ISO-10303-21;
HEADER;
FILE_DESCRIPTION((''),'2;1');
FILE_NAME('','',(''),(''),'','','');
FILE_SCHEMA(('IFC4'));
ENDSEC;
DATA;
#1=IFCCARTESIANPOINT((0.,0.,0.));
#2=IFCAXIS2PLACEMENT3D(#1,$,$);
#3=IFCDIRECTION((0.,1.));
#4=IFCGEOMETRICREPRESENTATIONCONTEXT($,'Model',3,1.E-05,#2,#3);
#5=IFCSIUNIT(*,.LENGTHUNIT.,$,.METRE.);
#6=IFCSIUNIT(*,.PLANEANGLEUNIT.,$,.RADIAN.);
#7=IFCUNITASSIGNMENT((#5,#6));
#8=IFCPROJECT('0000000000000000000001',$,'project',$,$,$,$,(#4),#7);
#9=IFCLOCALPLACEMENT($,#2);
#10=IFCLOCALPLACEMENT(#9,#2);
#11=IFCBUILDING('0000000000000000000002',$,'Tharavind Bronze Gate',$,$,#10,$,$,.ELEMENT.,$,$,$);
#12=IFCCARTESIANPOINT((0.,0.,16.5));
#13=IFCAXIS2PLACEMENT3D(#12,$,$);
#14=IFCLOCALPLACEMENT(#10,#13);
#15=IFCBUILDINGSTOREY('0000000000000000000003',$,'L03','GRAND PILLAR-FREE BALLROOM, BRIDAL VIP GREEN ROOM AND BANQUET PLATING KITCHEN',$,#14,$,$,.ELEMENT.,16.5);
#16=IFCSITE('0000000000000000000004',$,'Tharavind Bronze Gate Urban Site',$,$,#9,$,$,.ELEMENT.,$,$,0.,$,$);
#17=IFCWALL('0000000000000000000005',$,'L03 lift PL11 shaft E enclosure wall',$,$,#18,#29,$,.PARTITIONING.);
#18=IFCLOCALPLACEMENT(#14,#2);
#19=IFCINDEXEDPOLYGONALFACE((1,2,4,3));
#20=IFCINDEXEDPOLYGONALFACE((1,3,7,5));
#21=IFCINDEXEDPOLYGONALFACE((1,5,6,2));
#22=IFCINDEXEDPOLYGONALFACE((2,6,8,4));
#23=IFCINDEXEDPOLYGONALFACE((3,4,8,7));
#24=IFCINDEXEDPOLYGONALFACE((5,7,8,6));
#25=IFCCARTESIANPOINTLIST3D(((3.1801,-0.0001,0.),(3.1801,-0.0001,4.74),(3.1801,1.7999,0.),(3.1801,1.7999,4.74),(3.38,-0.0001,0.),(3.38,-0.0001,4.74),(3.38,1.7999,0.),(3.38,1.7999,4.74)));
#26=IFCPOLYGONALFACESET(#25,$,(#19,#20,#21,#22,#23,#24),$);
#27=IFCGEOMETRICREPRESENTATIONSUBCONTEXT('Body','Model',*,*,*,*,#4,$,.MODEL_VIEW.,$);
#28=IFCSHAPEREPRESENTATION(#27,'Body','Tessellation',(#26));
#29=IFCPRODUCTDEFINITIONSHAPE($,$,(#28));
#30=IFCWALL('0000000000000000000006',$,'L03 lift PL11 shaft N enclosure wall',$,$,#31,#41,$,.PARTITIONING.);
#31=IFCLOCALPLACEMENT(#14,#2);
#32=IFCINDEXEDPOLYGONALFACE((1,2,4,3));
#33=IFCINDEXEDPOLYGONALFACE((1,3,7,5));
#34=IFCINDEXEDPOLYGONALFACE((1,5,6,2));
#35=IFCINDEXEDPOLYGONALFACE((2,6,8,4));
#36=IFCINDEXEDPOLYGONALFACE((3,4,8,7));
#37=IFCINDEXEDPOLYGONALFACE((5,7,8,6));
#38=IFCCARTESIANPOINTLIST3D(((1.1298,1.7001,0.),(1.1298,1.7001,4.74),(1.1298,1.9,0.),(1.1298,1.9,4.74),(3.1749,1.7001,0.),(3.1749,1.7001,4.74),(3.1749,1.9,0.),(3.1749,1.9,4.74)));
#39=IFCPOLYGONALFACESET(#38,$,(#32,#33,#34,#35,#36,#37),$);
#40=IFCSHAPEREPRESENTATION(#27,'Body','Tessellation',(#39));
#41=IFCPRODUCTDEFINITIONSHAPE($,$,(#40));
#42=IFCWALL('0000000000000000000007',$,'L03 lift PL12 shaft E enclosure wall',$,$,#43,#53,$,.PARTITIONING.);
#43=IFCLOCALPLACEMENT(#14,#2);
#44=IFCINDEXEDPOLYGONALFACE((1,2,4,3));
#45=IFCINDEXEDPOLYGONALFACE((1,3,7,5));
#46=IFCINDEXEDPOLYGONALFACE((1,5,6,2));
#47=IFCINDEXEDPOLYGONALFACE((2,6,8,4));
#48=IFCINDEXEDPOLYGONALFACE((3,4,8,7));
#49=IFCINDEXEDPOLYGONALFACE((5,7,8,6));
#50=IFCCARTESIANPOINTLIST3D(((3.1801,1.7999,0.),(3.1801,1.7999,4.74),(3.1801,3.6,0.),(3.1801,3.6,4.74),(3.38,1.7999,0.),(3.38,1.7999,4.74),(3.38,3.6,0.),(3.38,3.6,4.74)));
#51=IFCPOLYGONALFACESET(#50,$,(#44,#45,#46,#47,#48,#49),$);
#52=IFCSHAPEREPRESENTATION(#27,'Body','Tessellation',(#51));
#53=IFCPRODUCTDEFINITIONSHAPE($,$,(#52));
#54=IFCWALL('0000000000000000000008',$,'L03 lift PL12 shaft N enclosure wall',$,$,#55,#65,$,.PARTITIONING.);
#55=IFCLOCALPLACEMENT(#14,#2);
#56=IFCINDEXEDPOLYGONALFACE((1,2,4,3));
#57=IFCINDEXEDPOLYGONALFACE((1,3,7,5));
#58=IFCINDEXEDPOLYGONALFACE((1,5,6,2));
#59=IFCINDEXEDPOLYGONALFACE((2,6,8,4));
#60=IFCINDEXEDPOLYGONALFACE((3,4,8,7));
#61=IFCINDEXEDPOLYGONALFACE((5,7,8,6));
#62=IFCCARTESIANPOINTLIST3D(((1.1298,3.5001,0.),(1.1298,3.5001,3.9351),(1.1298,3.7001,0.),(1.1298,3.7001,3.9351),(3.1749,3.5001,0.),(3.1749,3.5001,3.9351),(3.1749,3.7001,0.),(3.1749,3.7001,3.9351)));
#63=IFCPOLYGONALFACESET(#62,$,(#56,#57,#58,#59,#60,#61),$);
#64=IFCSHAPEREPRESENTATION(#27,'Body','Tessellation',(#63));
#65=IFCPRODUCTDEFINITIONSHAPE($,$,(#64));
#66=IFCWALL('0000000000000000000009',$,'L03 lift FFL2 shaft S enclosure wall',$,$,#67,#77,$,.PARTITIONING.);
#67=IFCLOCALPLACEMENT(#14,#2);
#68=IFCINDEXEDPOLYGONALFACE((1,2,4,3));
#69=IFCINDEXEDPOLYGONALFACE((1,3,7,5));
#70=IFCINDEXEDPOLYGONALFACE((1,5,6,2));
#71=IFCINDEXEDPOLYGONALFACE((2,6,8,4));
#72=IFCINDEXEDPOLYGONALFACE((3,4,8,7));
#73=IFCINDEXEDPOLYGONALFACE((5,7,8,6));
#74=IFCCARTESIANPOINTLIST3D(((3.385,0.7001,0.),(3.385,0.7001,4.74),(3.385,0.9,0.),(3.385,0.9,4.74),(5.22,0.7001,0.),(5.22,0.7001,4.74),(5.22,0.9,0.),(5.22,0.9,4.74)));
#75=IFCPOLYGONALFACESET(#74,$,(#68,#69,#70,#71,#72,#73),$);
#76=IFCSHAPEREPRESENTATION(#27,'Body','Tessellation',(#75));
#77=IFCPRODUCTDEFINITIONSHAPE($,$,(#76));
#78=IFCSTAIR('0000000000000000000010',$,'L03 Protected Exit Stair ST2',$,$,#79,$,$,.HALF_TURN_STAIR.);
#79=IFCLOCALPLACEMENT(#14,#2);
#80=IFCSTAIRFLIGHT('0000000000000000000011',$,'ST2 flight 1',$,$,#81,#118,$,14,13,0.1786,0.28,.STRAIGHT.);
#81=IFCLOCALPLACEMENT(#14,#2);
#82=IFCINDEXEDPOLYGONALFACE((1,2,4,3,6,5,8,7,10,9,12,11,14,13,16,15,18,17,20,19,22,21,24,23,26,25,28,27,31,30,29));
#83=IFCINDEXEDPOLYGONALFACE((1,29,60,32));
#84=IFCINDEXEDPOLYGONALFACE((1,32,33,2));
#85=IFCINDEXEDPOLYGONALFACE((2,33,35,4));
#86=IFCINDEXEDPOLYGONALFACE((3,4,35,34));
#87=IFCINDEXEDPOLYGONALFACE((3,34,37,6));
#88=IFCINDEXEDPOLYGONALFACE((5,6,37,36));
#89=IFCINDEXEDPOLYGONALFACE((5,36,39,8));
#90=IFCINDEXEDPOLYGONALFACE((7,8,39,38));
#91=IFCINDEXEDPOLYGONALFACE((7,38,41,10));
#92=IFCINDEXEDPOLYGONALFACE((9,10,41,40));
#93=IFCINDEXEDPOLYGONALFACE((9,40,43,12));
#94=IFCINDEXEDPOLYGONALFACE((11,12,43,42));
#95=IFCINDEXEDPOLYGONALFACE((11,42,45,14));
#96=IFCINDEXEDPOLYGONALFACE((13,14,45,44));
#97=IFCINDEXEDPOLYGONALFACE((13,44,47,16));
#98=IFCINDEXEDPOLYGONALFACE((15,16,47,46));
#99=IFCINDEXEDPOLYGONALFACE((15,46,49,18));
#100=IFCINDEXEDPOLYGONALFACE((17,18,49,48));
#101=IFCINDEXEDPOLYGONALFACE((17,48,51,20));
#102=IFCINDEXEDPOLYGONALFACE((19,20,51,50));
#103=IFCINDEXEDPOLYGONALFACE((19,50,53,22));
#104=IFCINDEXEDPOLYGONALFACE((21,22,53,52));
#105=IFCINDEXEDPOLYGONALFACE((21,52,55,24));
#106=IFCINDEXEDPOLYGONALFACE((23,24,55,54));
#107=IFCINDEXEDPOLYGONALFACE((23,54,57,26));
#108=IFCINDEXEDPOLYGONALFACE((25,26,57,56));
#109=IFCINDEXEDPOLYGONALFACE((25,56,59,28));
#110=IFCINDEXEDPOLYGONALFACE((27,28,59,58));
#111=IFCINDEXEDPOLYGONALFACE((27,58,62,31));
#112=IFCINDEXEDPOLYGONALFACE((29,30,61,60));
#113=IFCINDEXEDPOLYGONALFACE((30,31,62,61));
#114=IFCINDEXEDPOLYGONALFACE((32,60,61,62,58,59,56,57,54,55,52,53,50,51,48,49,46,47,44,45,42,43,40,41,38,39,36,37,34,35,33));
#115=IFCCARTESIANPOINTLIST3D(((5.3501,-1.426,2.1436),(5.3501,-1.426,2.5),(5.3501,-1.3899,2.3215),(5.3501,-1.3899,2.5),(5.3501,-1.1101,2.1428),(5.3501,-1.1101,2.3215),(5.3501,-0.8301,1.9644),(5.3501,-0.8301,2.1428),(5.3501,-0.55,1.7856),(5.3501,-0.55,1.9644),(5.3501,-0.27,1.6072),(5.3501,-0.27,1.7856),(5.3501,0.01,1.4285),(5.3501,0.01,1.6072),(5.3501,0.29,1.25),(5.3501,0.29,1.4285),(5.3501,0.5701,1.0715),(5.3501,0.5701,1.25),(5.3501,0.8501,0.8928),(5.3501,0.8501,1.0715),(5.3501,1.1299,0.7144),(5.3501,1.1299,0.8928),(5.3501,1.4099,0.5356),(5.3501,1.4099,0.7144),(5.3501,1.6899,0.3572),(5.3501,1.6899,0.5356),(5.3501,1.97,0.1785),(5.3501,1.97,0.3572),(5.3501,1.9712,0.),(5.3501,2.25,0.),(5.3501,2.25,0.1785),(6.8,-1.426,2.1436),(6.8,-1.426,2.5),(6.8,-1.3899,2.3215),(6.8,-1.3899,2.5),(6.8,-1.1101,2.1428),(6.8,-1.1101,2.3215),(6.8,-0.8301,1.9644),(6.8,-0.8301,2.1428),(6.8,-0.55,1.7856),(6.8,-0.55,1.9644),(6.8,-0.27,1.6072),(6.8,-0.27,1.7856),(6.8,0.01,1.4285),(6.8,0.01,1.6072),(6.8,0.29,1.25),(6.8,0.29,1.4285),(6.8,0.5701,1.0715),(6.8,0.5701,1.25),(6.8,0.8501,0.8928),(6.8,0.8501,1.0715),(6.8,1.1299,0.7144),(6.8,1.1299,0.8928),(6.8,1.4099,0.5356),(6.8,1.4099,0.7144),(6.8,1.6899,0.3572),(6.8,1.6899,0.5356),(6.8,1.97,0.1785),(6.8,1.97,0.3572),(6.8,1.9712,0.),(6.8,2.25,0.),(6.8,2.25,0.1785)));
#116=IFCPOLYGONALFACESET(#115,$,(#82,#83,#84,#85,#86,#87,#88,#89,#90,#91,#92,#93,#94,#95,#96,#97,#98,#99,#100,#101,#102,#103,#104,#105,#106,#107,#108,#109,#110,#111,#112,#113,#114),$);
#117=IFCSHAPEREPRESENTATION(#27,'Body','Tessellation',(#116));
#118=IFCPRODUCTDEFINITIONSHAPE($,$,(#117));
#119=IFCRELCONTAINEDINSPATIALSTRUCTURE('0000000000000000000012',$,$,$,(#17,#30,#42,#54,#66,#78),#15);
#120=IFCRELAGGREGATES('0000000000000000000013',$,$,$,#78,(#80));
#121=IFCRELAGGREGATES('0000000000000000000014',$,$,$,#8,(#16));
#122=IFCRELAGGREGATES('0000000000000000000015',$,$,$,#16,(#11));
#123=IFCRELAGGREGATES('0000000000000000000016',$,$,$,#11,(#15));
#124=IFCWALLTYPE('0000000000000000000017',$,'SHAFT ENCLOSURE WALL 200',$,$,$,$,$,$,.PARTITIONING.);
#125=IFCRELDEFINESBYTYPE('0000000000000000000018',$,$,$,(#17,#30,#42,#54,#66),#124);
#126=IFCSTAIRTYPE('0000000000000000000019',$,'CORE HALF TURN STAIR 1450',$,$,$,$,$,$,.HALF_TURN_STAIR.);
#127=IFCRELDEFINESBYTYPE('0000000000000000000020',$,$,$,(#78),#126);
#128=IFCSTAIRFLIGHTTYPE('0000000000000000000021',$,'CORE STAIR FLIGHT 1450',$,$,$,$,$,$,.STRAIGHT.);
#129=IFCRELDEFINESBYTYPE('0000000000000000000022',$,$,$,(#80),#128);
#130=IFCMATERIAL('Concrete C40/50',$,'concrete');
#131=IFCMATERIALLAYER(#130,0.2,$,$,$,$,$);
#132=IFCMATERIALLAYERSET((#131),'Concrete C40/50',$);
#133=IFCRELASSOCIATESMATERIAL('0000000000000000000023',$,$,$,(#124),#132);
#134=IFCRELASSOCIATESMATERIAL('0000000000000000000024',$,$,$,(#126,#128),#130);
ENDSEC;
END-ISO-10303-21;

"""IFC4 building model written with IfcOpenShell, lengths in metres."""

from ifc_helpers import new_model, si_unit, direction, frame, frame_2d, origin, place, context, subcontext, project, spatial, polyline, rectangle, outline, extrude, material, layer, layer_set, type_object, element, aggregate, save


model = new_model("IFC4")

# Units and contexts
model_context = context("Model", 3, precision=1e-05, world=origin(), true_north=direction((0.0, 1.0)))
body_context = subcontext(model_context, "Body", "Model", "MODEL_VIEW")
ifc_project = project(units=[si_unit("LENGTHUNIT", "METRE"), si_unit("PLANEANGLEUNIT", "RADIAN")], contexts=[model_context])

# Site, building, storey
site_placement = place(None, origin())
site = spatial("IfcSite", under=ifc_project, at=site_placement, Name="Tharavind Bronze Gate Urban Site", CompositionType="ELEMENT", RefElevation=0.0)
building_placement = place(site_placement, origin())
building = spatial("IfcBuilding", under=site, at=building_placement, Name="Tharavind Bronze Gate", CompositionType="ELEMENT")
storey_placement = place(building_placement, frame((0.0, 0.0, 16.5)))
storey = spatial("IfcBuildingStorey", under=building, at=storey_placement, Name="L03", Description="GRAND PILLAR-FREE BALLROOM, BRIDAL VIP GREEN ROOM AND BANQUET PLATING KITCHEN", CompositionType="ELEMENT", Elevation=16.5)

# Walls
ifc_material_1 = material(Name="Concrete C40/50", Category="concrete")
ifc_layer_1 = layer(ifc_material_1, 0.2)
ifc_layer_set_1 = layer_set([ifc_layer_1], Name="Concrete C40/50")
wall_type_1 = type_object("IfcWallType", Name="SHAFT ENCLOSURE WALL 200", PredefinedType="PARTITIONING", material=ifc_layer_set_1)
wall_1_placement = place(storey_placement, frame((3.28, 0.0, 0.0), z_axis=(0.0, 0.0, 1.0), x_axis=(0.0, 1.0, 0.0)))
element("IfcWall", 1, at=wall_1_placement, inside=storey, type_object=wall_type_1, Name="L03 lift PL11 shaft E enclosure wall", PredefinedType="PARTITIONING", context=body_context, shape_type="SweptSolid", body=[
    extrude(rectangle(XDim=1.8, YDim=0.2, at=frame_2d((0.8999, 0.0))), origin(), (0.0, 0.0, 1.0), 4.74),
])
wall_2_placement = place(storey_placement, frame((1.1299, 1.8, 0.0), z_axis=(0.0, 0.0, 1.0), x_axis=(1.0, 0.0, 0.0)))
element("IfcWall", 2, at=wall_2_placement, inside=storey, type_object=wall_type_1, Name="L03 lift PL11 shaft N enclosure wall", PredefinedType="PARTITIONING", context=body_context, shape_type="SweptSolid", body=[
    extrude(rectangle(XDim=2.0452, YDim=0.2, at=frame_2d((1.0225, 0.0))), origin(), (0.0, 0.0, 1.0), 4.74),
])
wall_3_placement = place(storey_placement, frame((3.28, 1.8, 0.0), z_axis=(0.0, 0.0, 1.0), x_axis=(0.0, 1.0, 0.0)))
element("IfcWall", 3, at=wall_3_placement, inside=storey, type_object=wall_type_1, Name="L03 lift PL12 shaft E enclosure wall", PredefinedType="PARTITIONING", context=body_context, shape_type="SweptSolid", body=[
    extrude(rectangle(XDim=1.8, YDim=0.2, at=frame_2d((0.8999, 0.0))), origin(), (0.0, 0.0, 1.0), 4.74),
])
wall_4_placement = place(storey_placement, frame((1.1299, 3.6001, 0.0), z_axis=(0.0, 0.0, 1.0), x_axis=(1.0, 0.0, 0.0)))
element("IfcWall", 4, at=wall_4_placement, inside=storey, type_object=wall_type_1, Name="L03 lift PL12 shaft N enclosure wall", PredefinedType="PARTITIONING", context=body_context, shape_type="SweptSolid", body=[
    extrude(rectangle(XDim=2.0452, YDim=0.2, at=frame_2d((1.0225, 0.0))), origin(), (0.0, 0.0, 1.0), 3.9351),
])
wall_5_placement = place(storey_placement, frame((3.385, 0.8, 0.0), z_axis=(0.0, 0.0, 1.0), x_axis=(1.0, 0.0, 0.0)))
element("IfcWall", 5, at=wall_5_placement, inside=storey, type_object=wall_type_1, Name="L03 lift FFL2 shaft S enclosure wall", PredefinedType="PARTITIONING", context=body_context, shape_type="SweptSolid", body=[
    extrude(rectangle(XDim=1.835, YDim=0.2, at=frame_2d((0.9175, 0.0))), origin(), (0.0, 0.0, 1.0), 4.74),
])

# Stair, stair flight
stair_type = type_object("IfcStairType", Name="CORE HALF TURN STAIR 1450", PredefinedType="HALF_TURN_STAIR", material=ifc_material_1)
stair_placement = place(storey_placement, origin())
stair = element("IfcStair", 6, at=stair_placement, inside=storey, type_object=stair_type, Name="L03 Protected Exit Stair ST2", PredefinedType="HALF_TURN_STAIR")
stair_flight_type = type_object("IfcStairFlightType", Name="CORE STAIR FLIGHT 1450", PredefinedType="STRAIGHT", material=ifc_material_1)
stair_flight_placement = place(storey_placement, frame((6.075, 2.25, 0.0), z_axis=(0.0, 0.0, 1.0), x_axis=(0.0, -1.0, 0.0)))
stair_flight = element("IfcStairFlight", 7, at=stair_flight_placement, type_object=stair_flight_type, Name="ST2 flight 1", NumberOfRisers=14, NumberOfTreads=13, PredefinedType="STRAIGHT", RiserHeight=0.1786, TreadLength=0.28, context=body_context, shape_type="SweptSolid", body=[
    extrude(outline(polyline([(0.0, 0.0), (0.0, 0.1785), (0.28, 0.1785), (0.28, 0.3572), (0.5601, 0.3572), (0.5601, 0.5356), (0.8401, 0.5356), (0.8401, 0.7144), (1.1201, 0.7144), (1.1201, 0.8928), (1.3999, 0.8928), (1.3999, 1.0715), (1.6799, 1.0715), (1.6799, 1.25), (1.96, 1.25), (1.96, 1.4285), (2.24, 1.4285), (2.24, 1.6072), (2.52, 1.6072), (2.52, 1.7856), (2.8, 1.7856), (2.8, 1.9644), (3.0801, 1.9644), (3.0801, 2.1428), (3.3601, 2.1428), (3.3601, 2.3215), (3.6399, 2.3215), (3.6399, 2.5), (3.676, 2.5), (3.676, 2.1436), (0.2788, 0.0), (0.0, 0.0)])), frame((0.0, 0.7251, 0.0), z_axis=(0.0, -1.0, 0.0), x_axis=(1.0, 0.0, 0.0)), (0.0, 0.0, 1.0), 1.45),
])
aggregate(stair, [stair_flight])

save(model, "model.ifc")
